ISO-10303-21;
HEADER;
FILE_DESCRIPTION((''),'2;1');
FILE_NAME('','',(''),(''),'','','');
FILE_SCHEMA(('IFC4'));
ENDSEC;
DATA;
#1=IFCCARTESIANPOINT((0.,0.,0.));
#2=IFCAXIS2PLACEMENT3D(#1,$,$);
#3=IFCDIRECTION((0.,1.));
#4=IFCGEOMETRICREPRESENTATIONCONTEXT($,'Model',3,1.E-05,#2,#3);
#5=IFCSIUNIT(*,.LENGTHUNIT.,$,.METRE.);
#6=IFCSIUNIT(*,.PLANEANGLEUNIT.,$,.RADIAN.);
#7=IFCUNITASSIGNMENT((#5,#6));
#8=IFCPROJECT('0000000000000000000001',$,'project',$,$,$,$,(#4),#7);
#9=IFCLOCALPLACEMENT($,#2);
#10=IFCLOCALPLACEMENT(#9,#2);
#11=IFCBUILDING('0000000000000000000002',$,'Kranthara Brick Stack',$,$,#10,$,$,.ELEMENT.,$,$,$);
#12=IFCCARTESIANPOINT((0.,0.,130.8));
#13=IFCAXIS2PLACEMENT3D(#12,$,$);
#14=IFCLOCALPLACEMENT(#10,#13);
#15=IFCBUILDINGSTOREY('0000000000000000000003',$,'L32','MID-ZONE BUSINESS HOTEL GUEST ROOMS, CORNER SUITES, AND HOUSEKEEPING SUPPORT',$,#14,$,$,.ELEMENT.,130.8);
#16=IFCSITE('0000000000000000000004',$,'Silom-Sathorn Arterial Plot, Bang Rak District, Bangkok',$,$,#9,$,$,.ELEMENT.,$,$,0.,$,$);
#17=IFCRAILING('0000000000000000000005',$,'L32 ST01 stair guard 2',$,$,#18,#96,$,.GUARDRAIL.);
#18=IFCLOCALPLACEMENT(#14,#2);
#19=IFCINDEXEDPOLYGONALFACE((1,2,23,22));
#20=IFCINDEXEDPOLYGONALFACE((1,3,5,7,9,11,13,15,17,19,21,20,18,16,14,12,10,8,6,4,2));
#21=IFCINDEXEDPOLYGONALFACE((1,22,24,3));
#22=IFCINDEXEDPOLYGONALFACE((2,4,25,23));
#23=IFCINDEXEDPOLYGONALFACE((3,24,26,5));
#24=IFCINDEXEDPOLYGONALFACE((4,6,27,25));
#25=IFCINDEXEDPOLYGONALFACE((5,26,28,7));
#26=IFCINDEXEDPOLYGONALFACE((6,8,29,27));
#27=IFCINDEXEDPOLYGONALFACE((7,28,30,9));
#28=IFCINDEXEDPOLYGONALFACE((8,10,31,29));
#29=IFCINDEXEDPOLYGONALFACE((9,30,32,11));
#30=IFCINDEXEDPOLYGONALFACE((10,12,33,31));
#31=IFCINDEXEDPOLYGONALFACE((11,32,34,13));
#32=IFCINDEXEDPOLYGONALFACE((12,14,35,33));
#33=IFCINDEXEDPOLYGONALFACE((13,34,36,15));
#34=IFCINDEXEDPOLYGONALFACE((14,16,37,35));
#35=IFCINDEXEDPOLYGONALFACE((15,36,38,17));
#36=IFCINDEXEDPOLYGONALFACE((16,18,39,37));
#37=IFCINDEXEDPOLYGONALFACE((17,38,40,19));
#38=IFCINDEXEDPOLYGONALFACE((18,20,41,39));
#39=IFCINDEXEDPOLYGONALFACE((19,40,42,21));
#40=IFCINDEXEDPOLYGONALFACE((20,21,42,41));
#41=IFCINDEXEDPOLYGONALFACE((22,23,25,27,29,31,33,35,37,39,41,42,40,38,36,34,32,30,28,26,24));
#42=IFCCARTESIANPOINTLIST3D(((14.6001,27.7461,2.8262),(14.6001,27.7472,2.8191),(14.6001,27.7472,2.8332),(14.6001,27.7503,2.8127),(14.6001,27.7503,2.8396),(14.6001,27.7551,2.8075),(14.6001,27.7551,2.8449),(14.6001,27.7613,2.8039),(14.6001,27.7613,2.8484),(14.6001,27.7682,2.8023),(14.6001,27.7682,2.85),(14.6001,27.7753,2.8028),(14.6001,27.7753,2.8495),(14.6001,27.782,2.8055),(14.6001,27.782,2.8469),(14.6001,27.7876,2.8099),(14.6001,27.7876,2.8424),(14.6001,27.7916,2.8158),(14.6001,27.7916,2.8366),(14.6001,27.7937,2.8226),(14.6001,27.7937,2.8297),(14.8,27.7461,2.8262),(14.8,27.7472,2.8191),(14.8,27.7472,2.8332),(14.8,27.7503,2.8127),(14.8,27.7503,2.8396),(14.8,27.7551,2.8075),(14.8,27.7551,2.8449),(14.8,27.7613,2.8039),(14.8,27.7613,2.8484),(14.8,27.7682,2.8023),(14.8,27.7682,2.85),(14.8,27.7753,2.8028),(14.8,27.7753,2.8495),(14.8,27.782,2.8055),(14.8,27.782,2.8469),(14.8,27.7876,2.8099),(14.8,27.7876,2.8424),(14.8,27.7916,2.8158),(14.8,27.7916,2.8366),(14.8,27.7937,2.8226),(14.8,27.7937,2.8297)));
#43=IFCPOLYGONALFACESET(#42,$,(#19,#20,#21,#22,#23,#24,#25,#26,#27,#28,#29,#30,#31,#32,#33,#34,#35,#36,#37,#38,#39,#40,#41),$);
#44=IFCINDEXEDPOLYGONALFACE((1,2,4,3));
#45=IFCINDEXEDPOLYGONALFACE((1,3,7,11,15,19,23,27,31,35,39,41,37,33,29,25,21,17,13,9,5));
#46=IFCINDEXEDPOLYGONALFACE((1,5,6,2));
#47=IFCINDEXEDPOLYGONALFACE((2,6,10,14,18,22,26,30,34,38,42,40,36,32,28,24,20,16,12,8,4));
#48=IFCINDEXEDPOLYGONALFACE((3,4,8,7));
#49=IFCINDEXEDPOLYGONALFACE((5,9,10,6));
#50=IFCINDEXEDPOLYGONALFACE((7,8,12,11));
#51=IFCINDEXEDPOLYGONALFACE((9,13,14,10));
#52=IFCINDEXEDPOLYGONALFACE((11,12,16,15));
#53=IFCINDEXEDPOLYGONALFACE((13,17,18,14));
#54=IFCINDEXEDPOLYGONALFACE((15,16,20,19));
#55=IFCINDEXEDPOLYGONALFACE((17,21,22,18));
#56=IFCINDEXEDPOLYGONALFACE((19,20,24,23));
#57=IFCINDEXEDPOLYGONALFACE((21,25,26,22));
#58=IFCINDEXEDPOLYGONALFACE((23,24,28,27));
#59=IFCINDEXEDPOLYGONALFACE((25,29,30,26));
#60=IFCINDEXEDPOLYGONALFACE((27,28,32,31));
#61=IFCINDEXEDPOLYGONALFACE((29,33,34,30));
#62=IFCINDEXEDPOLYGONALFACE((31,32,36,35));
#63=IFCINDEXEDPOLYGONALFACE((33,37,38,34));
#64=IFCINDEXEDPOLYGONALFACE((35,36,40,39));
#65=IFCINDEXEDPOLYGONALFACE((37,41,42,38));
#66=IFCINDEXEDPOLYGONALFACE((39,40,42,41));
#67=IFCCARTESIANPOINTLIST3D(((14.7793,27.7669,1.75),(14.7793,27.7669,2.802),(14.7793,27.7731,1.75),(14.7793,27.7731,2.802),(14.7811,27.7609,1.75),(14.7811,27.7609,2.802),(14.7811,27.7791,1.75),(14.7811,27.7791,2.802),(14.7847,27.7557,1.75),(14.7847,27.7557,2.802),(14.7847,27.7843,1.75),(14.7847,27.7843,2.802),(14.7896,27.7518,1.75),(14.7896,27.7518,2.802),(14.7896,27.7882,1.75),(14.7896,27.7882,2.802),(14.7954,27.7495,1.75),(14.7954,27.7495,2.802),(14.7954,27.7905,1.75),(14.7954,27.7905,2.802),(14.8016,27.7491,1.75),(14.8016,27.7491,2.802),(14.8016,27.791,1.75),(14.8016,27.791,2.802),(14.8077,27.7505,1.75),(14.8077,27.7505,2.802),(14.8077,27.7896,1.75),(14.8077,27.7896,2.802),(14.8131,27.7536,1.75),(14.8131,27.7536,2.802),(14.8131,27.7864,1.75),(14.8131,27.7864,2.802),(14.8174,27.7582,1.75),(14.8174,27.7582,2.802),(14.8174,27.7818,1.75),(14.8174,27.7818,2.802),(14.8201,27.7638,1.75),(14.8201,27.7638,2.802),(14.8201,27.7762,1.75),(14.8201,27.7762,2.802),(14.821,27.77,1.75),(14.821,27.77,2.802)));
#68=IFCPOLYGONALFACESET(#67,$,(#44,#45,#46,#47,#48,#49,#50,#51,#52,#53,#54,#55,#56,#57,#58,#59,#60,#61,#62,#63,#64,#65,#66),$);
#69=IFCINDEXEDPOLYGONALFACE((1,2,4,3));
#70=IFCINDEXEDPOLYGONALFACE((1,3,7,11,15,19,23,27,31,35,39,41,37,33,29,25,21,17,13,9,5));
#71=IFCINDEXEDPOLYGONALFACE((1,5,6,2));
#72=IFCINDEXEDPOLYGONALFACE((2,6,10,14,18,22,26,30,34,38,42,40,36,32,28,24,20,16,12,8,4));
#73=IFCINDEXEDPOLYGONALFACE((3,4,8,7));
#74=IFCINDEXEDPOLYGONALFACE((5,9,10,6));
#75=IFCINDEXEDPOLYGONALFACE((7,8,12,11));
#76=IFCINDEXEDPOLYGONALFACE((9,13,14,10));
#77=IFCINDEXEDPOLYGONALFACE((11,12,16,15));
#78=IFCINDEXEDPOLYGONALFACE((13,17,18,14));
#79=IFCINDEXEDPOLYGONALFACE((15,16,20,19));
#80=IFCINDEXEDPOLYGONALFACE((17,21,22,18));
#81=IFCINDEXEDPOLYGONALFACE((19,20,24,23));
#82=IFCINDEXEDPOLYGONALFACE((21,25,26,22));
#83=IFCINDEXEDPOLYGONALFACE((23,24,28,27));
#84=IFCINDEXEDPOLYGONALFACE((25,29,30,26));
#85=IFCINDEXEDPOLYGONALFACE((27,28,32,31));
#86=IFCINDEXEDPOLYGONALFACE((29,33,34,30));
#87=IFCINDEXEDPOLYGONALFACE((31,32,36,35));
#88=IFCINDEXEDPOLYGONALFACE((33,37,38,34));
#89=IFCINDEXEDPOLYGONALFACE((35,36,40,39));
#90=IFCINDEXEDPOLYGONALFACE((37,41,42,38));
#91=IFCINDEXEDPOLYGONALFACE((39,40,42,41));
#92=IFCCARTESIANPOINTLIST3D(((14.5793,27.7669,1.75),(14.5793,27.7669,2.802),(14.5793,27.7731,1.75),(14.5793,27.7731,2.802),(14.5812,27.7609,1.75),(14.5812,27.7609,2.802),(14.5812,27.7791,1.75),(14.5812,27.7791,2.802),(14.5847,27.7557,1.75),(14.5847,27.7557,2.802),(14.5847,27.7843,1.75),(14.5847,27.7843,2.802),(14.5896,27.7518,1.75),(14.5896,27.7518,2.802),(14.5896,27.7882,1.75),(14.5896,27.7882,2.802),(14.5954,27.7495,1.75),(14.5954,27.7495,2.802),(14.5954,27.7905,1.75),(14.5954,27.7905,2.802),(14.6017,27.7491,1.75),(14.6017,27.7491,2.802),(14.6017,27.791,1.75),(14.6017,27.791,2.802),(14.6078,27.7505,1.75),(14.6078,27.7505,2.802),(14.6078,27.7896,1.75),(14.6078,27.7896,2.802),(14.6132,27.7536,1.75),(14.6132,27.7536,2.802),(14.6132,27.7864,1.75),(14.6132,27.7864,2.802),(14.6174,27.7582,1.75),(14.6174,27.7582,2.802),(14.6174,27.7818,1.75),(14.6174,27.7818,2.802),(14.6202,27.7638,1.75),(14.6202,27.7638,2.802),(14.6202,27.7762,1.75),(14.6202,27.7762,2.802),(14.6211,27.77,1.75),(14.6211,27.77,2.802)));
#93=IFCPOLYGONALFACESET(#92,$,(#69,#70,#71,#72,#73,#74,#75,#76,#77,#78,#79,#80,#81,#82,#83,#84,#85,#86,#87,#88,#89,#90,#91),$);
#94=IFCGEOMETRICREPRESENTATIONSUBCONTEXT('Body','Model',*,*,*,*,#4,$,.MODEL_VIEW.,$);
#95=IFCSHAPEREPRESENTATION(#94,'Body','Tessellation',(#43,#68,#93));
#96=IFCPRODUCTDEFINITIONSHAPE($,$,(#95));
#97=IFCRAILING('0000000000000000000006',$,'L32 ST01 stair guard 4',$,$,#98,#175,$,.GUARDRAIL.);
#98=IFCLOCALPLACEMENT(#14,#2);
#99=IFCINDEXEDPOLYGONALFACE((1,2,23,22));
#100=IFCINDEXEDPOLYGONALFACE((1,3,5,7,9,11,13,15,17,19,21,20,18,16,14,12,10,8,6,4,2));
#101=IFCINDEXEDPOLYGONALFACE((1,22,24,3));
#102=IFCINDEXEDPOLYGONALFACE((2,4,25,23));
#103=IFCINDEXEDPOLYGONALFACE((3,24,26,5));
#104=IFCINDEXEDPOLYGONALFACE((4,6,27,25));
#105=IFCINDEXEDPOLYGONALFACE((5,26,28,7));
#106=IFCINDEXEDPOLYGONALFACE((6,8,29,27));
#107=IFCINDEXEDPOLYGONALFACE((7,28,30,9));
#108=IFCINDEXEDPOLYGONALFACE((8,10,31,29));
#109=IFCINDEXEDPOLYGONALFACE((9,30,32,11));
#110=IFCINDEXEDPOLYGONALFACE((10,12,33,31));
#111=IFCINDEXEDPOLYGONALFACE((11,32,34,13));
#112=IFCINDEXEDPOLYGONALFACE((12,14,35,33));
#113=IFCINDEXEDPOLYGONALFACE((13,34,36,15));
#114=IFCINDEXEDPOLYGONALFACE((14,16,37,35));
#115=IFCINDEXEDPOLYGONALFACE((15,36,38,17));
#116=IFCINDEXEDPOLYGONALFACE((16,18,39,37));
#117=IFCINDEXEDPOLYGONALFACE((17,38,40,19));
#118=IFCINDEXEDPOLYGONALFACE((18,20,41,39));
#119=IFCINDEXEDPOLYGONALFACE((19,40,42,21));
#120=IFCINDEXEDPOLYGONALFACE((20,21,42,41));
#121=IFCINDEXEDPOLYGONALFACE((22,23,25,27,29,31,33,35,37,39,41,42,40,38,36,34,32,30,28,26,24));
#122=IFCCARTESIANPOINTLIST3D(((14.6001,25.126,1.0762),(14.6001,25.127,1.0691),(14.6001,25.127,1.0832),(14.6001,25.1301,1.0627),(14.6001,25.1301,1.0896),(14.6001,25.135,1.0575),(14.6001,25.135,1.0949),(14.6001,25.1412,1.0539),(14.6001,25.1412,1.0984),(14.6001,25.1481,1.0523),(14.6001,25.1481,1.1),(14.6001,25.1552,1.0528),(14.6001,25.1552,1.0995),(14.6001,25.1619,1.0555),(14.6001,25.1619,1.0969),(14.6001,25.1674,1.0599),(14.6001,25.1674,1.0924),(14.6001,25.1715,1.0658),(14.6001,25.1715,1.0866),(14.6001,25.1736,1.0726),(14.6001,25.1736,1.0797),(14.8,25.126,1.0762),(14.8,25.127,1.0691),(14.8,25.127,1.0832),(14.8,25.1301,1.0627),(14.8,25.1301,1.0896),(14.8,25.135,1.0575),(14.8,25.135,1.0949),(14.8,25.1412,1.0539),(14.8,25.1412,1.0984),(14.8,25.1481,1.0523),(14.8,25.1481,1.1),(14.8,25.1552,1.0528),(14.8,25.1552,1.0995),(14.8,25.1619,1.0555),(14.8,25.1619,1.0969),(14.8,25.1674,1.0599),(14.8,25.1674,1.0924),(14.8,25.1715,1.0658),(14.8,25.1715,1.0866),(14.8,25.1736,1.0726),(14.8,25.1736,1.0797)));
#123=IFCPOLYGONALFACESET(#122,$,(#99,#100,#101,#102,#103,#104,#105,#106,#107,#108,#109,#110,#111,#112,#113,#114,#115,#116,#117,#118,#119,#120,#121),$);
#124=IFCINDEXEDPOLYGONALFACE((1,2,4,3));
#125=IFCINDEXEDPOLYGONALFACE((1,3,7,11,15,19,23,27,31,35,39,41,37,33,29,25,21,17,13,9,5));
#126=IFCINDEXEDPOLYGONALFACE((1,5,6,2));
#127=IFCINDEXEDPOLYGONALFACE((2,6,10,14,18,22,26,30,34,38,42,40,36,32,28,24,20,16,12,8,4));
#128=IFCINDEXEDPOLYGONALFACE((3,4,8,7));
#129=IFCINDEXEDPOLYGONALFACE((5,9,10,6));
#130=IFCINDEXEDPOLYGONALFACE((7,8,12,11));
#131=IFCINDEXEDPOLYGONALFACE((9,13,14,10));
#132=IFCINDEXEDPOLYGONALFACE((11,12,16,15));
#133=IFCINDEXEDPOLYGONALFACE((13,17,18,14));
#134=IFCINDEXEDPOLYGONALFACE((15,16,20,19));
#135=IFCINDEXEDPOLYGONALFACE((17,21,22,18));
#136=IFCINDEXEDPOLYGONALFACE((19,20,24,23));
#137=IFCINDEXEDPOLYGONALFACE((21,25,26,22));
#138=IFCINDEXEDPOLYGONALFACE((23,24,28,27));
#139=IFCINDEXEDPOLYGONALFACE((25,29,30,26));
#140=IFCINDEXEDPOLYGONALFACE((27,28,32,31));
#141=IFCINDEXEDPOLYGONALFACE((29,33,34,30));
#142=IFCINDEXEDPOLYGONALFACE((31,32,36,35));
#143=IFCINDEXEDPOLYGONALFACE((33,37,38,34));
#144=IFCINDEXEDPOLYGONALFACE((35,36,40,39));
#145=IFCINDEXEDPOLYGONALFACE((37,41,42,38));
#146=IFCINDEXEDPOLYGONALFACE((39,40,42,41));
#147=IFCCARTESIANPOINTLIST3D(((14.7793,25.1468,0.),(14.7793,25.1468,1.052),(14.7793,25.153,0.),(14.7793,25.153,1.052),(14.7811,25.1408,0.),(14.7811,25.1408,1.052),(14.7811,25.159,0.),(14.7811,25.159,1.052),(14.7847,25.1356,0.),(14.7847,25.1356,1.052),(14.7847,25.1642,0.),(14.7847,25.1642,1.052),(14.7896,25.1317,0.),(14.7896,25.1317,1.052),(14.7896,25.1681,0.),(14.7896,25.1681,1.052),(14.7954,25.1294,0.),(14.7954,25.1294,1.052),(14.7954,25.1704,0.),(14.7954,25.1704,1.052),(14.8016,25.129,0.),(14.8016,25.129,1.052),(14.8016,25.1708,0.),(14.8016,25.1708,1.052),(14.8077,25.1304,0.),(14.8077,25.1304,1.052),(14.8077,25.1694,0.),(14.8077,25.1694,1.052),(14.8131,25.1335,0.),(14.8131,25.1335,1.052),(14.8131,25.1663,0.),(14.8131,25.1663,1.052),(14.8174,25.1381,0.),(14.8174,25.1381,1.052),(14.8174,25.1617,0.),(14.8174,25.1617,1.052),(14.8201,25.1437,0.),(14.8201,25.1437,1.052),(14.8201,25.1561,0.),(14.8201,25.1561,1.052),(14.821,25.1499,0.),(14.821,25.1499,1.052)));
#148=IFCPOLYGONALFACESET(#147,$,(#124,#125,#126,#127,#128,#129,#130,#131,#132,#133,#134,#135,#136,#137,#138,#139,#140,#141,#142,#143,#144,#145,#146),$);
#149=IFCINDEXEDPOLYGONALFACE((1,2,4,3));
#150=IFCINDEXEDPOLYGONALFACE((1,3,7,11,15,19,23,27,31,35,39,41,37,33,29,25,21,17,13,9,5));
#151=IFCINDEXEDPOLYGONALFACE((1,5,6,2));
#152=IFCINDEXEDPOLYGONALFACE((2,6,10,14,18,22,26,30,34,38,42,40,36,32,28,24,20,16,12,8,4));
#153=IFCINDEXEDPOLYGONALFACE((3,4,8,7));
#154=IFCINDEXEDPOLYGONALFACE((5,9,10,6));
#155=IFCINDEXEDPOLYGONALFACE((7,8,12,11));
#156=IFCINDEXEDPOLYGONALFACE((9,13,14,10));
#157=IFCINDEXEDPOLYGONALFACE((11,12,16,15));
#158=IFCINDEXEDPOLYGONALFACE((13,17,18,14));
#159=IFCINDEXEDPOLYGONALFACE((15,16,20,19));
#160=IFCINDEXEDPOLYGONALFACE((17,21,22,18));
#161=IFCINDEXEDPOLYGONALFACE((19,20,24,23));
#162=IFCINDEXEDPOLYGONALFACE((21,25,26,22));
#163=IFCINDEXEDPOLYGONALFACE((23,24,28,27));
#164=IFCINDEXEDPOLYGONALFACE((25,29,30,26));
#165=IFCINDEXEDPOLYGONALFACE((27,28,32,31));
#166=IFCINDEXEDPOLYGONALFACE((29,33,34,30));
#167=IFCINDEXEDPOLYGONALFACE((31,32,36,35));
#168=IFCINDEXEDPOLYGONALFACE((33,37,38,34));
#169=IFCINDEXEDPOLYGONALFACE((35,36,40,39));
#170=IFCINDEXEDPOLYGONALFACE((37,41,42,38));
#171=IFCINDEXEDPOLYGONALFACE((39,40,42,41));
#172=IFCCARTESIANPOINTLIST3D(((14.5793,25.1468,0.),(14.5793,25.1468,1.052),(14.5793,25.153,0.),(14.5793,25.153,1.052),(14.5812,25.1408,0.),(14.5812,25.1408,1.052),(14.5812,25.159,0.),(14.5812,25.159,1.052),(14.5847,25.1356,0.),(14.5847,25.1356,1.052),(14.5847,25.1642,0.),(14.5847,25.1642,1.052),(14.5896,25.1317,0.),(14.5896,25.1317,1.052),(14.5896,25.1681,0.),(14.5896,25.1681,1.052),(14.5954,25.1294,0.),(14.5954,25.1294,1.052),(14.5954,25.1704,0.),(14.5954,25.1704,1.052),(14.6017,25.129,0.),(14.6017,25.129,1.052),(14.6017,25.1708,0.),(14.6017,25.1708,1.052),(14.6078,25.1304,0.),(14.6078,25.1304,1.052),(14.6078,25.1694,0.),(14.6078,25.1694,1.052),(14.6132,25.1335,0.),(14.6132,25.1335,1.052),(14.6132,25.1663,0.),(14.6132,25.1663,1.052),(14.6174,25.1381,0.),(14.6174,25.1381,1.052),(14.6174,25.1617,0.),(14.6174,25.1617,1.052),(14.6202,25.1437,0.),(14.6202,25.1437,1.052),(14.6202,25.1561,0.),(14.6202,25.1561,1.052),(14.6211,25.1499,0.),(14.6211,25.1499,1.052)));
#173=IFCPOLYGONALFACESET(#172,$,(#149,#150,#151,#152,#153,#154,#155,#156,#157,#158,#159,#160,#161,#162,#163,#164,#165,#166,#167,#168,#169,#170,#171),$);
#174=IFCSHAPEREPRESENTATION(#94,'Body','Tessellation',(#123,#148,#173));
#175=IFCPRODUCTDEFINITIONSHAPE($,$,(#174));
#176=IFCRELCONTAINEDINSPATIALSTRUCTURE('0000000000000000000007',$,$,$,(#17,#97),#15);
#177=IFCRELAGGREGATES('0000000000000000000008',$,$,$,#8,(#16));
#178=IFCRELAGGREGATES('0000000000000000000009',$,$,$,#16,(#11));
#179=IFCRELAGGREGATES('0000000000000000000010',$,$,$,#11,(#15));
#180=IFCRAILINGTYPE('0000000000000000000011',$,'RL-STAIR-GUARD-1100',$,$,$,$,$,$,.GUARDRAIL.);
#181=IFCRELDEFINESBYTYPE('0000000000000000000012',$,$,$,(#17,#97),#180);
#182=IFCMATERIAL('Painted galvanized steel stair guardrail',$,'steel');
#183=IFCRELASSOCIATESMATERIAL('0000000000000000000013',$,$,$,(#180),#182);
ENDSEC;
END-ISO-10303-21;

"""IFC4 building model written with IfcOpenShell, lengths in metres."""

from ifc_helpers import new_model, si_unit, direction, frame, origin, origin_2d, place, context, subcontext, project, spatial, circle, extrude, material, type_object, element, save


model = new_model("IFC4")

# Units and contexts
model_context = context("Model", 3, precision=1e-05, world=origin(), true_north=direction((0.0, 1.0)))
body_context = subcontext(model_context, "Body", "Model", "MODEL_VIEW")
ifc_project = project(units=[si_unit("LENGTHUNIT", "METRE"), si_unit("PLANEANGLEUNIT", "RADIAN")], contexts=[model_context])

# Site, building, storey
site_placement = place(None, origin())
site = spatial("IfcSite", under=ifc_project, at=site_placement, Name="Silom-Sathorn Arterial Plot, Bang Rak District, Bangkok", CompositionType="ELEMENT", RefElevation=0.0)
building_placement = place(site_placement, origin())
building = spatial("IfcBuilding", under=site, at=building_placement, Name="Kranthara Brick Stack", CompositionType="ELEMENT")
storey_placement = place(building_placement, frame((0.0, 0.0, 130.8)))
storey = spatial("IfcBuildingStorey", under=building, at=storey_placement, Name="L32", Description="MID-ZONE BUSINESS HOTEL GUEST ROOMS, CORNER SUITES, AND HOUSEKEEPING SUPPORT", CompositionType="ELEMENT", Elevation=130.8)

# Railings
ifc_material_1 = material(Name="Painted galvanized steel stair guardrail", Category="steel")
railing_type_1 = type_object("IfcRailingType", Name="RL-STAIR-GUARD-1100", PredefinedType="GUARDRAIL", material=ifc_material_1)
for number, where, name in (
    (1, (14.8, 27.77, 1.75), "L32 ST01 stair guard 2"),
    (2, (14.8, 25.1499, 0.0), "L32 ST01 stair guard 4"),
):
    element("IfcRailing", number, at=place(storey_placement, frame(where)), inside=storey, type_object=railing_type_1, Name=name, PredefinedType="GUARDRAIL", context=body_context, shape_type="SweptSolid", body=[
        extrude(circle(Radius=0.0239, at=origin_2d()), frame((0.0, 0.0, 1.0762), z_axis=(-1.0, 0.0, 0.0), x_axis=(0.0, -1.0, 0.0)), (0.0, 0.0, 1.0), 0.2),
        extrude(circle(Radius=0.021, at=origin_2d()), origin(), (0.0, 0.0, 1.0), 1.052),
        extrude(circle(Radius=0.021, at=origin_2d()), frame((-0.2, 0.0, 0.0)), (0.0, 0.0, 1.0), 1.052),
    ])

save(model, "model.ifc")
